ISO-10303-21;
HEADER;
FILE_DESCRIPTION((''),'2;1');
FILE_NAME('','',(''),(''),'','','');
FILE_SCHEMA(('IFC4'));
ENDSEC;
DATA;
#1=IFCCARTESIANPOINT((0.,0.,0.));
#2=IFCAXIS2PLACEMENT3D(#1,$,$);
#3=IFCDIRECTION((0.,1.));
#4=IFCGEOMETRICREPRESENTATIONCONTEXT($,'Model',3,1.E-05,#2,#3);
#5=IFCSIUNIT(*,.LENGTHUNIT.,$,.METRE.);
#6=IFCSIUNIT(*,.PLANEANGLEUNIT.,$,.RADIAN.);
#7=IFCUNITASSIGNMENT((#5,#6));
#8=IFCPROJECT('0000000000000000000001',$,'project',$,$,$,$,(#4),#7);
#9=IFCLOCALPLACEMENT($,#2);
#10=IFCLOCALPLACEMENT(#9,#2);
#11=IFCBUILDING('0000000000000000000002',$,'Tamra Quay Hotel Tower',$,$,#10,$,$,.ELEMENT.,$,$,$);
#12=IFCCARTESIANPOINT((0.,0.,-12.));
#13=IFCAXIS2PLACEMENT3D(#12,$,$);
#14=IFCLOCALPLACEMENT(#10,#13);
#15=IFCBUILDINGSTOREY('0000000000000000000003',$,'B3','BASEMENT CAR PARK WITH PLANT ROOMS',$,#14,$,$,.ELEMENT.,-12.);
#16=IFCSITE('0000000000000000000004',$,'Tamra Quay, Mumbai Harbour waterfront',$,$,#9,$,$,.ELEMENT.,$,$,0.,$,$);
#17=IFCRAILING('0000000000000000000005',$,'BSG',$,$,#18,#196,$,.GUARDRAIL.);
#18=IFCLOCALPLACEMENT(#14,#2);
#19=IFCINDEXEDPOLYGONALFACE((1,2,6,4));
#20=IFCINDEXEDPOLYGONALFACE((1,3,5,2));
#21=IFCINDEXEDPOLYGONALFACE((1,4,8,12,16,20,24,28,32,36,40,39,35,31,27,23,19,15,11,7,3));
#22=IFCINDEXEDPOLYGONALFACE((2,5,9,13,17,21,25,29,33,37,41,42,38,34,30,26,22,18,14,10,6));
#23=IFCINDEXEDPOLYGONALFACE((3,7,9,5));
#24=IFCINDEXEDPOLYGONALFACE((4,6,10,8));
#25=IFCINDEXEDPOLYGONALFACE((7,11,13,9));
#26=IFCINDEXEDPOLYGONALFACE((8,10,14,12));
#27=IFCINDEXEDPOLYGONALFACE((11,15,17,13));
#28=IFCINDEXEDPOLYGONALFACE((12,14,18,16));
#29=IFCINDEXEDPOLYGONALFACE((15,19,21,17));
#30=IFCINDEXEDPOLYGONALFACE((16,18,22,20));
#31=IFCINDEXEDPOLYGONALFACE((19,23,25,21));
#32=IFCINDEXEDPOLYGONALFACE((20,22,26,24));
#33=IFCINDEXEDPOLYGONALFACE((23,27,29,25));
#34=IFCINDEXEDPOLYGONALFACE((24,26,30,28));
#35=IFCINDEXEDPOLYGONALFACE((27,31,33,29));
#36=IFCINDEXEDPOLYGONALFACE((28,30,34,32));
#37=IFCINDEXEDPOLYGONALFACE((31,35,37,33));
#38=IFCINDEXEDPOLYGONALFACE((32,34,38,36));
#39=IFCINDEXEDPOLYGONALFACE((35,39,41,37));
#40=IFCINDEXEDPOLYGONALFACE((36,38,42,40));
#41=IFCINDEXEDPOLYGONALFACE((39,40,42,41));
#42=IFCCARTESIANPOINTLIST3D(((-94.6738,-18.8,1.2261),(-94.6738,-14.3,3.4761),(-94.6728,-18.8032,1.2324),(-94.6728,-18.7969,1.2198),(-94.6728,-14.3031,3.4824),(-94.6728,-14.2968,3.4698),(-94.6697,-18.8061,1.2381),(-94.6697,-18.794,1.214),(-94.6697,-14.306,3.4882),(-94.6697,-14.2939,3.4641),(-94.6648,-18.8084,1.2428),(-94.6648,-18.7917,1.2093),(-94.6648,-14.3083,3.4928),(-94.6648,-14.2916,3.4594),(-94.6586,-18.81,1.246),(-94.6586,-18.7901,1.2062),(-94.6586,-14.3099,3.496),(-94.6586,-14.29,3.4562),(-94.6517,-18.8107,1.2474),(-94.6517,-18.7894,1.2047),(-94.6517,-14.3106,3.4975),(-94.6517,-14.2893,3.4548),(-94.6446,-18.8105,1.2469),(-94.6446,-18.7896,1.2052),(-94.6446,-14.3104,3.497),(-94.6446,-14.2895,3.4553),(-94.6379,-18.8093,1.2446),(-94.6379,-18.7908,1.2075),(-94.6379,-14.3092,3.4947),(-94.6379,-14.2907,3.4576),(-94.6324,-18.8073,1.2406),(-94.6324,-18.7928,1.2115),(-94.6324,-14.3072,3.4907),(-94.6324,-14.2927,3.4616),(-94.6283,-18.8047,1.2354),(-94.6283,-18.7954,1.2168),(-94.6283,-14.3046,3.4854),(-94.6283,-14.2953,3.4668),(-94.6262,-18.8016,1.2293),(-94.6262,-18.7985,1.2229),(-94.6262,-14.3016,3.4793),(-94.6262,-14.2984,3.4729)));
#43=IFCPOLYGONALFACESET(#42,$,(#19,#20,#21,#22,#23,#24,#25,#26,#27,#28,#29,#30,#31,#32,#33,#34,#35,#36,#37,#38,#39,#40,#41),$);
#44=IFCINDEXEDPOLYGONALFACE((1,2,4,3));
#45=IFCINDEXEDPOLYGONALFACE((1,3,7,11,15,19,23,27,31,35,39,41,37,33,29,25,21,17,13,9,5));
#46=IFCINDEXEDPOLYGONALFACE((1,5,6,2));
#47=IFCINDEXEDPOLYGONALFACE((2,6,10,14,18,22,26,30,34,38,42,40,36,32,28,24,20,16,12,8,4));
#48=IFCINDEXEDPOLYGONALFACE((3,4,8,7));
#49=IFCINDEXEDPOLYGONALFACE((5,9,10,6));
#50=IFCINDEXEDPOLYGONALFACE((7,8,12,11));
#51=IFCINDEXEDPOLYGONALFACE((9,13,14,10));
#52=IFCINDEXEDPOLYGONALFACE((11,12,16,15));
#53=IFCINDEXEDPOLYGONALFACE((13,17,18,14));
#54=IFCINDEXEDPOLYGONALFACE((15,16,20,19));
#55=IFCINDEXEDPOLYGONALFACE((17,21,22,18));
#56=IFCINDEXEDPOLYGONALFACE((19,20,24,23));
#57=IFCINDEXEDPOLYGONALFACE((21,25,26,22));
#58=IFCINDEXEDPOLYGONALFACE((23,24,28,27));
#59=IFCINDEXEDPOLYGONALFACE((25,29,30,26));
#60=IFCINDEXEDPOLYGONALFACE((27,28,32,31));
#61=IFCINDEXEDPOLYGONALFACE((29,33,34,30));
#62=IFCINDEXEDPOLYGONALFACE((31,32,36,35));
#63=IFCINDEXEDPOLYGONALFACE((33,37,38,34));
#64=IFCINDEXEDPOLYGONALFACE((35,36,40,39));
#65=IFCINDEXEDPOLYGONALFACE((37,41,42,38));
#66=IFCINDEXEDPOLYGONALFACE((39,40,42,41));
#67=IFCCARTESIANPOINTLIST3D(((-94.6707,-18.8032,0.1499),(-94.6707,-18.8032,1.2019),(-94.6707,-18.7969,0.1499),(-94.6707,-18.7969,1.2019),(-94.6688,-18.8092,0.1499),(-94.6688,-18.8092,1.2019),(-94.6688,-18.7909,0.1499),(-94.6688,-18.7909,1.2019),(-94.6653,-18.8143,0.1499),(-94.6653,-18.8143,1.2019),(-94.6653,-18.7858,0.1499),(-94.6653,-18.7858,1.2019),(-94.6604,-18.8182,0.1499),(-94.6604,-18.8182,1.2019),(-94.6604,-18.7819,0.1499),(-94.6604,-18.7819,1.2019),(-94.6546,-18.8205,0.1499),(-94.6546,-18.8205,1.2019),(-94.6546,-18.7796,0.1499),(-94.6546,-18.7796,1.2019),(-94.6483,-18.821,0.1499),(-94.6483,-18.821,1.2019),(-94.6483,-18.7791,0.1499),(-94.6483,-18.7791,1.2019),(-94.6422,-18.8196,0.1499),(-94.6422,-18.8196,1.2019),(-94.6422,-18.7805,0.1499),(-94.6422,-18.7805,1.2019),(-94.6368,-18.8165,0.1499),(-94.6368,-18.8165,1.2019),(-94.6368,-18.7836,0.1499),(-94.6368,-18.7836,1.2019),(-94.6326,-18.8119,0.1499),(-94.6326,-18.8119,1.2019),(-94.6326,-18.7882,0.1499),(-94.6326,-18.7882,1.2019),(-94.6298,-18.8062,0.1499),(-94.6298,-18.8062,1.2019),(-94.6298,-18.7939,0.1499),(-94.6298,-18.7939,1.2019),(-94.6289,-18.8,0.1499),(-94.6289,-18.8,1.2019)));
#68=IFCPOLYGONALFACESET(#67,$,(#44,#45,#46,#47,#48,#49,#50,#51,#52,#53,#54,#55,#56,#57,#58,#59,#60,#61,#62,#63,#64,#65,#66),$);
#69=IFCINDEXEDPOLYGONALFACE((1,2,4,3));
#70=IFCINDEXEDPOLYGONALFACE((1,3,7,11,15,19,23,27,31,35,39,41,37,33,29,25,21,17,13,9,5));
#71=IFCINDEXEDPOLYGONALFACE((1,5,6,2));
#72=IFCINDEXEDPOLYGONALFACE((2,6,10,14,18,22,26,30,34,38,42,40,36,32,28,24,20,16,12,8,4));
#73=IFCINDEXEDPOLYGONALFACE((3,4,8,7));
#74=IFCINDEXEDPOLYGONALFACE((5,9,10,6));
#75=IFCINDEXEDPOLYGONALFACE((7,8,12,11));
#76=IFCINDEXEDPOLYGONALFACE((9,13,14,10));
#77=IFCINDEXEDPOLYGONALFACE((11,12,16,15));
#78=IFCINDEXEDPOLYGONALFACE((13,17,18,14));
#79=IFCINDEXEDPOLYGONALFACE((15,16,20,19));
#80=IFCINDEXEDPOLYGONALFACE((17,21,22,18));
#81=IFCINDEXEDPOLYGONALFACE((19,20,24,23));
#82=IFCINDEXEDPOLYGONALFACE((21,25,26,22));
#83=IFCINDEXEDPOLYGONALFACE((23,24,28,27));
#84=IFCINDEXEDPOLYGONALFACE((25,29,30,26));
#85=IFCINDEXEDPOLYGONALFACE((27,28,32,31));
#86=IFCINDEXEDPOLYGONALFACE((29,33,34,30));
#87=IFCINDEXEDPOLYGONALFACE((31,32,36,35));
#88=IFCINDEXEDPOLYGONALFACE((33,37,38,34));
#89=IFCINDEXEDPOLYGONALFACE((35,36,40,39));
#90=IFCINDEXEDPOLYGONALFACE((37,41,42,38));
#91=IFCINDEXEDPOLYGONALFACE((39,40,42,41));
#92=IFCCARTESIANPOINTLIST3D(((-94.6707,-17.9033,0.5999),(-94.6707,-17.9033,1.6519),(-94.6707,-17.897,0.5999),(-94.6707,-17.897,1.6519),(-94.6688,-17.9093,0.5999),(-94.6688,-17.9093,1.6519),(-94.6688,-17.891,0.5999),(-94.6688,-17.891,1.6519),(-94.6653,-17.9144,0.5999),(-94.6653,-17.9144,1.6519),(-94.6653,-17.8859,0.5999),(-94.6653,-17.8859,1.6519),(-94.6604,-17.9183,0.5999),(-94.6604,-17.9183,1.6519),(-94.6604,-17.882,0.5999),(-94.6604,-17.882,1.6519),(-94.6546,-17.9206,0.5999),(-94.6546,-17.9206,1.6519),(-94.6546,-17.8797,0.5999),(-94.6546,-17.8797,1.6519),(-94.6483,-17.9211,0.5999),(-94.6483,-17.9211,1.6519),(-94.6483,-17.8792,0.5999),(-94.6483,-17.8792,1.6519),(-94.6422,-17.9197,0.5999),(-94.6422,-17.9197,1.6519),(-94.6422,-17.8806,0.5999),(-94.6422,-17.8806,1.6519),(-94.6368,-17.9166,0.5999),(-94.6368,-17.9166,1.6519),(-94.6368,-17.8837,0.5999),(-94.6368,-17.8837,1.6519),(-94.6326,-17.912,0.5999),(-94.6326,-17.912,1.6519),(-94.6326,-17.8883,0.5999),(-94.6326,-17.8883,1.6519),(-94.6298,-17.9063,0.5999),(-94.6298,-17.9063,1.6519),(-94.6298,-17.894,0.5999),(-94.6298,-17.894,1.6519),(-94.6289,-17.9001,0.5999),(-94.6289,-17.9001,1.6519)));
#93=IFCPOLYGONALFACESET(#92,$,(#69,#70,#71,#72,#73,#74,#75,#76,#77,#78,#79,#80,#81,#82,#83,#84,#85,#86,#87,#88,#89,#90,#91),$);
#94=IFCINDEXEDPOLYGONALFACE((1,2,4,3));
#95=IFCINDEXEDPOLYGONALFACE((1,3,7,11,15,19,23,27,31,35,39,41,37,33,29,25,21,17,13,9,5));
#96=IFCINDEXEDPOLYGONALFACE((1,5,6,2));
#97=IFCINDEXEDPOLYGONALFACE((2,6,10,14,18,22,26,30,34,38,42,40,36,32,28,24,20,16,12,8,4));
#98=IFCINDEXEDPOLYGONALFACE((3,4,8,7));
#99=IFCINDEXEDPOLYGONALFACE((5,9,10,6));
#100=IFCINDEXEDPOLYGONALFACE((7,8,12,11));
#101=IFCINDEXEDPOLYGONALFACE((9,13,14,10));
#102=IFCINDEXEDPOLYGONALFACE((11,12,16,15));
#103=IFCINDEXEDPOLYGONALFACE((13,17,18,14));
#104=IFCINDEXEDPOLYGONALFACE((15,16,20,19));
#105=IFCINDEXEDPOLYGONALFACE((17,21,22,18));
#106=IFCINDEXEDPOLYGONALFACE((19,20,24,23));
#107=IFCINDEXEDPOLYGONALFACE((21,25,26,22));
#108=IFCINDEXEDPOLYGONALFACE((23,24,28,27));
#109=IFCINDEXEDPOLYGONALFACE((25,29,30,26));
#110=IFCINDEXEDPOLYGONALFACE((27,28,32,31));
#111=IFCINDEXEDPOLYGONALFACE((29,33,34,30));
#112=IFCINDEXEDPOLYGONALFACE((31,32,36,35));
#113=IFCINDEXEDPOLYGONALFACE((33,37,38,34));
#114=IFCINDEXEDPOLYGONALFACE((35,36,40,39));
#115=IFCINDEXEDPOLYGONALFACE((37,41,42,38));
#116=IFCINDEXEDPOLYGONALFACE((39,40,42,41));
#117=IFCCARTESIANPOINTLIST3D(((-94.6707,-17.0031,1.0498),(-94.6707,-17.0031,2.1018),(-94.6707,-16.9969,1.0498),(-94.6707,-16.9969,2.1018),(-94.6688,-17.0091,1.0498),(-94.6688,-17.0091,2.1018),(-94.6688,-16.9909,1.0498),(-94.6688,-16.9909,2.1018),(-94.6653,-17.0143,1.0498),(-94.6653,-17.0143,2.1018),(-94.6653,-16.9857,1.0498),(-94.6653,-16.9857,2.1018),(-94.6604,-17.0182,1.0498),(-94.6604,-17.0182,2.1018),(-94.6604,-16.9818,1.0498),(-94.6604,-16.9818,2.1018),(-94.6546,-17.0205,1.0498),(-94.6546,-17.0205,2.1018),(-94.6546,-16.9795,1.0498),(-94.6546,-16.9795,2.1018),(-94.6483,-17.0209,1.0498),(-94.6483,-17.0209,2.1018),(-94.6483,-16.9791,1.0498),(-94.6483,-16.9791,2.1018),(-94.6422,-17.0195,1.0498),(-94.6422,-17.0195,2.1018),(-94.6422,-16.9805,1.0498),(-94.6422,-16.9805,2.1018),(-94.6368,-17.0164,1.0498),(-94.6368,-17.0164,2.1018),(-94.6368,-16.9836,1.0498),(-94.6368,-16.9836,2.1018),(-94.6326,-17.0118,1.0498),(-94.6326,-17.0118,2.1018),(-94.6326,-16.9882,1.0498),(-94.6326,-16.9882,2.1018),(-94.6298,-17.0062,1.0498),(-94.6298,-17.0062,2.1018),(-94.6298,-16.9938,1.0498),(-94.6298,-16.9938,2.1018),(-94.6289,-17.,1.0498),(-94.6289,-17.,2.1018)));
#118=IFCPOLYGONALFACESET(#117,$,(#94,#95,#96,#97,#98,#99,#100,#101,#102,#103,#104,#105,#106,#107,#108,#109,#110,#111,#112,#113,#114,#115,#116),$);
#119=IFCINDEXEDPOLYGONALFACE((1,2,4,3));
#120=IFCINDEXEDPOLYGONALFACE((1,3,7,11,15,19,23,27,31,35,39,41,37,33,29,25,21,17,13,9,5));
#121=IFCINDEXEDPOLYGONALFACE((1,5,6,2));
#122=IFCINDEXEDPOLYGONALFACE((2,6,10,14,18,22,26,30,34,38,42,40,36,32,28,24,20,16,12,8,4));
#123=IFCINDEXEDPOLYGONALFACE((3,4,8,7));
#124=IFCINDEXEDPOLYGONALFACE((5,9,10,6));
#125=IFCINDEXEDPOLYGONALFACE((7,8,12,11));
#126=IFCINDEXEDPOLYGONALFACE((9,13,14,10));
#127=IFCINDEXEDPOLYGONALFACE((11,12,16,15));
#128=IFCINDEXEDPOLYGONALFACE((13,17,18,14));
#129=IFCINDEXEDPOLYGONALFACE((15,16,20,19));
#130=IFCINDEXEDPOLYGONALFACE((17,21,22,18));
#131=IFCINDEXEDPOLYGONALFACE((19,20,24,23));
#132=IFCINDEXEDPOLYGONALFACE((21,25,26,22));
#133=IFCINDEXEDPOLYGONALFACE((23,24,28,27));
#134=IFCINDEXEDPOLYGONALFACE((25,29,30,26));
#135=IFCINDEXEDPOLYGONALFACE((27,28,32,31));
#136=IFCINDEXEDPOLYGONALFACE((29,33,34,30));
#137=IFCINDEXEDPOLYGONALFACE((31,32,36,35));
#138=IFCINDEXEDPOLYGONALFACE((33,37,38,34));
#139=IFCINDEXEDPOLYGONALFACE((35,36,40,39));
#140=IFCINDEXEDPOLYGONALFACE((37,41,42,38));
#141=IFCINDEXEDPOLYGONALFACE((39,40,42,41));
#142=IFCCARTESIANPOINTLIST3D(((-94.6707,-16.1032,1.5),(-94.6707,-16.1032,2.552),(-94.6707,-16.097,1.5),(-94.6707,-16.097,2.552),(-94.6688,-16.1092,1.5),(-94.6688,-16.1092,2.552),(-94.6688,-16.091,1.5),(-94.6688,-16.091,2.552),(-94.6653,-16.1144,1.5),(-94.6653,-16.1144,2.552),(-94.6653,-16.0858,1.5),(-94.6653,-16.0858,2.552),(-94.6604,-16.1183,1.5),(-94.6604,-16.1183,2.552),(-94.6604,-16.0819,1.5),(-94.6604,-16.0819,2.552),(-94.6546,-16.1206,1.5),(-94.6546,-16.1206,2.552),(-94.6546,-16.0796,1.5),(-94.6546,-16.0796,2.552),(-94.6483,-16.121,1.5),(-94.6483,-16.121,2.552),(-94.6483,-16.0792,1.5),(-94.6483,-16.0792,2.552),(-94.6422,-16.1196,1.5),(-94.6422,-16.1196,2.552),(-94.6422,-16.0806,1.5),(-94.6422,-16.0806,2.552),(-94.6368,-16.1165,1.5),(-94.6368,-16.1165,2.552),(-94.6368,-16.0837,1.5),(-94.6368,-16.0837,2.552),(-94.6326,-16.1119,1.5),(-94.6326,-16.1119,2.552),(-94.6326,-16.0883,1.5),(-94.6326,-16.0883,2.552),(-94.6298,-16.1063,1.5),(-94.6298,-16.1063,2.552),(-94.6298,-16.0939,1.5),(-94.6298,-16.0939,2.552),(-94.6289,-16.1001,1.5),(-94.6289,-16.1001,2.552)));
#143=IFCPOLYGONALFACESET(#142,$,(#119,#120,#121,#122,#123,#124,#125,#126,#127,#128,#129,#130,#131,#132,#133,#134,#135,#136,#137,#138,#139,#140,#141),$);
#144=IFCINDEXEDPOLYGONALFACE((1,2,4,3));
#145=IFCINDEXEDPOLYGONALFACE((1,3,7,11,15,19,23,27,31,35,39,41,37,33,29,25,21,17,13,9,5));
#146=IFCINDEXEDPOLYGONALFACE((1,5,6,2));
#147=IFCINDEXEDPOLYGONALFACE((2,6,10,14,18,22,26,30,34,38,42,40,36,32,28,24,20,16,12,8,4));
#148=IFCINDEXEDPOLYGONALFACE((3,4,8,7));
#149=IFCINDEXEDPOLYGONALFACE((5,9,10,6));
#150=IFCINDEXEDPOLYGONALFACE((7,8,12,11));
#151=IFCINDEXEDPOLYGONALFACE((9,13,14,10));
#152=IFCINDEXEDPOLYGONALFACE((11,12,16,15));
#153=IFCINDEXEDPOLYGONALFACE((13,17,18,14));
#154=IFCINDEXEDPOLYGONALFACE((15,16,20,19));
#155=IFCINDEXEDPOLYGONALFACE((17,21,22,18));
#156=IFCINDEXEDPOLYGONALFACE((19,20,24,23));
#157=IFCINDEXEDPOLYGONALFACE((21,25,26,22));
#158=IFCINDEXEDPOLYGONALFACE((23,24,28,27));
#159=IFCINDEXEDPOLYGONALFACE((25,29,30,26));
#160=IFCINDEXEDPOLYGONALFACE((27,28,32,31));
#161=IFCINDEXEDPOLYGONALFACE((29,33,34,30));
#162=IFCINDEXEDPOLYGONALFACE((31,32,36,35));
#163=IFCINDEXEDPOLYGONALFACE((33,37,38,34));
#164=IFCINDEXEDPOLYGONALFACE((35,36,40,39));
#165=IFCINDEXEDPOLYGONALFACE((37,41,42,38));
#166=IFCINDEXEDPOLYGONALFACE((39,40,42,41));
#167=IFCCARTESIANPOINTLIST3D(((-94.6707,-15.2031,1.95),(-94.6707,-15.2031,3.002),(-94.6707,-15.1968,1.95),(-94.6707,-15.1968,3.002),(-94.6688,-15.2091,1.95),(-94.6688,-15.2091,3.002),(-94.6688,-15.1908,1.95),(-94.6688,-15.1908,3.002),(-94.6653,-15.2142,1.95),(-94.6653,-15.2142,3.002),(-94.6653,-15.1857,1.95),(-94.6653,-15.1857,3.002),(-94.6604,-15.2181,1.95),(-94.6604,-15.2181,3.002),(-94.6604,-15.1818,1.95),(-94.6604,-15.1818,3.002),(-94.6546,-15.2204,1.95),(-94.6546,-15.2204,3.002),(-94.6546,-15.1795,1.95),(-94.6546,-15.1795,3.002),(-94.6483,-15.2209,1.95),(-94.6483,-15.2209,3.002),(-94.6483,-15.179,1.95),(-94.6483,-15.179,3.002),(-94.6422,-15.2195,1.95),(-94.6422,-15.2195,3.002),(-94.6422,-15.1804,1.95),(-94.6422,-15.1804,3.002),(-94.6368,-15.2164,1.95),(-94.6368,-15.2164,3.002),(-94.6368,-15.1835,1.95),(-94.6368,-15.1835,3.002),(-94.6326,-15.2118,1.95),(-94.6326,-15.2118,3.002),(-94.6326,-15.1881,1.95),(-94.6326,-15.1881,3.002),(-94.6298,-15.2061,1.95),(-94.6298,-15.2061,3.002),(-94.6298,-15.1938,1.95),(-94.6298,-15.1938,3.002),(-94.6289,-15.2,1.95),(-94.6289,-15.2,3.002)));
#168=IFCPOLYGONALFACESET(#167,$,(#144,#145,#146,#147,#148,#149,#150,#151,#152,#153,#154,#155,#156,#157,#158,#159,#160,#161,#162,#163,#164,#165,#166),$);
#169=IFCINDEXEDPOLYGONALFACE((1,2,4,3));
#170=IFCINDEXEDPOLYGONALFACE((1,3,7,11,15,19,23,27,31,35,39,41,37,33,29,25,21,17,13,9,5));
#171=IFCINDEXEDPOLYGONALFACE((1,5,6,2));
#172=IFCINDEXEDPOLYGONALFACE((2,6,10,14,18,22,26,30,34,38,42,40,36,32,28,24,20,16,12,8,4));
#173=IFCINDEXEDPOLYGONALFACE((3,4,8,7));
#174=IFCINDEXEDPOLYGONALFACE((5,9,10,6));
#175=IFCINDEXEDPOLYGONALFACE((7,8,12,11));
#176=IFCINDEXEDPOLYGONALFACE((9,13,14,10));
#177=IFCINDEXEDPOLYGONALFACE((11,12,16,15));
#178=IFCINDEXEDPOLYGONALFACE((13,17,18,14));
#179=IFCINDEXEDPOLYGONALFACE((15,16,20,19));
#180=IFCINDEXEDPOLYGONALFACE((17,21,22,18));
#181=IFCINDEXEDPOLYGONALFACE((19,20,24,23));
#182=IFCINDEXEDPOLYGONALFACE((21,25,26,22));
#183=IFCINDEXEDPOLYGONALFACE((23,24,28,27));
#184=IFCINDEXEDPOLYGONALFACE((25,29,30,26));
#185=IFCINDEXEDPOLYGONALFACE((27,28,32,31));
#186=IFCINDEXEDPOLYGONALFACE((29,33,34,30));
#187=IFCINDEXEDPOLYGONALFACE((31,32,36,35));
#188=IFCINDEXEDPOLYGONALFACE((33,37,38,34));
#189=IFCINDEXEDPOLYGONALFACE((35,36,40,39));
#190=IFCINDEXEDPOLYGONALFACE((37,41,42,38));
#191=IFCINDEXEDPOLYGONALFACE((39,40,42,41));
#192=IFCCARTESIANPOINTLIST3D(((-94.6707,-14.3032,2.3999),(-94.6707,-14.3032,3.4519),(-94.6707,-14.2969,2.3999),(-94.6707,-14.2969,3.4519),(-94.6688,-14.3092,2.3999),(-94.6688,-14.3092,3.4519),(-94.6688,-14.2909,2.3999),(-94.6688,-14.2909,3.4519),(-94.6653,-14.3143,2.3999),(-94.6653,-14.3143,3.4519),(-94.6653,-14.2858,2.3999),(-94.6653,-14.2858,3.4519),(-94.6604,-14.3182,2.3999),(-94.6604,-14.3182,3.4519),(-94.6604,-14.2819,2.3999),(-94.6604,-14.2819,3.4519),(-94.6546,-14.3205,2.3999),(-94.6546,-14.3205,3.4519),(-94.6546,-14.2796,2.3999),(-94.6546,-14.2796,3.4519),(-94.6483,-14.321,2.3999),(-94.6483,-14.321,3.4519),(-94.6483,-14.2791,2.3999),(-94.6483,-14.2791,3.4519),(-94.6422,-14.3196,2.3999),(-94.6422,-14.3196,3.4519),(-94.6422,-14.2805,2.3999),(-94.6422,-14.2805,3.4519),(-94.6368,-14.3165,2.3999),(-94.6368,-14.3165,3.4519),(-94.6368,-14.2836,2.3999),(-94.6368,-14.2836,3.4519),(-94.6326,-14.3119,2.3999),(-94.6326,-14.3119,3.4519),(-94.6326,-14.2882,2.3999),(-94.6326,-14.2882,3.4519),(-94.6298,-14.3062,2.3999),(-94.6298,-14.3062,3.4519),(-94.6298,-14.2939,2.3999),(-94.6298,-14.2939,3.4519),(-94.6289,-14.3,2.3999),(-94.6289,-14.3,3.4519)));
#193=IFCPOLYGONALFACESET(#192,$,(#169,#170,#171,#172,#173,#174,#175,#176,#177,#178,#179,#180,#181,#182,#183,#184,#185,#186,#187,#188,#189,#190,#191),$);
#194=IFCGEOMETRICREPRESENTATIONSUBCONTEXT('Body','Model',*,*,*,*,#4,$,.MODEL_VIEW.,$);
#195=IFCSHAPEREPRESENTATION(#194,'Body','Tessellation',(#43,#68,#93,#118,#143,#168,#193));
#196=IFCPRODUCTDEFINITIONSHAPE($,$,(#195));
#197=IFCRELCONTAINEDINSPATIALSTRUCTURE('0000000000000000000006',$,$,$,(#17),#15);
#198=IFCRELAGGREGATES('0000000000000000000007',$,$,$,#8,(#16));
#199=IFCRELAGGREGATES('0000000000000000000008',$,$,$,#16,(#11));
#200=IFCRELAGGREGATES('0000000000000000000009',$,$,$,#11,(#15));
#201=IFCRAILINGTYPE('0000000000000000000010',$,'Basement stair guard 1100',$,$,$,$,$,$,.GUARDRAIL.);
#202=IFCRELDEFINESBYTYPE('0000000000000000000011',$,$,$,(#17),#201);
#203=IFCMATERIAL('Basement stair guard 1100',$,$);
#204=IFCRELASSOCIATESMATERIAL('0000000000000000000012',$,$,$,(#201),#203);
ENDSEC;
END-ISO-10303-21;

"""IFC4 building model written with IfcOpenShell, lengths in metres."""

from ifc_helpers import new_model, si_unit, direction, frame, origin, origin_2d, place, context, subcontext, project, spatial, circle, extrude, material, type_object, element, save


model = new_model("IFC4")

# Units and contexts
model_context = context("Model", 3, precision=1e-05, world=origin(), true_north=direction((0.0, 1.0)))
body_context = subcontext(model_context, "Body", "Model", "MODEL_VIEW")
ifc_project = project(units=[si_unit("LENGTHUNIT", "METRE"), si_unit("PLANEANGLEUNIT", "RADIAN")], contexts=[model_context])

# Site, building, storey
site_placement = place(None, origin())
site = spatial("IfcSite", under=ifc_project, at=site_placement, Name="Tamra Quay, Mumbai Harbour waterfront", CompositionType="ELEMENT", RefElevation=0.0)
building_placement = place(site_placement, origin())
building = spatial("IfcBuilding", under=site, at=building_placement, Name="Tamra Quay Hotel Tower", CompositionType="ELEMENT")
storey_placement = place(building_placement, frame((0.0, 0.0, -12.0)))
storey = spatial("IfcBuildingStorey", under=building, at=storey_placement, Name="B3", Description="BASEMENT CAR PARK WITH PLANT ROOMS", CompositionType="ELEMENT", Elevation=-12.0)

# Railing
ifc_material_1 = material(Name="Basement stair guard 1100")
railing_type = type_object("IfcRailingType", Name="Basement stair guard 1100", PredefinedType="GUARDRAIL", material=ifc_material_1)
railing_1_placement = place(storey_placement, frame((-94.6499, -18.8, 0.1499)))
element("IfcRailing", 1, at=railing_1_placement, inside=storey, type_object=railing_type, Name="BSG", PredefinedType="GUARDRAIL", context=body_context, shape_type="SweptSolid", body=[
    extrude(circle(Radius=0.0239, at=origin_2d()), frame((0.0, 0.0, 1.0762), z_axis=(0.0, 0.894427, 0.447214), x_axis=(-1.0, 0.0, 0.0)), (0.0, 0.0, 1.0), 5.0312),
    extrude(circle(Radius=0.021, at=origin_2d()), origin(), (0.0, 0.0, 1.0), 1.052),
    extrude(circle(Radius=0.021, at=origin_2d()), frame((0.0, 0.8999, 0.45)), (0.0, 0.0, 1.0), 1.052),
    extrude(circle(Radius=0.021, at=origin_2d()), frame((0.0, 1.8, 0.8999)), (0.0, 0.0, 1.0), 1.052),
    extrude(circle(Radius=0.021, at=origin_2d()), frame((0.0, 2.7, 1.3501)), (0.0, 0.0, 1.0), 1.052),
    extrude(circle(Radius=0.021, at=origin_2d()), frame((0.0, 3.6001, 1.8)), (0.0, 0.0, 1.0), 1.052),
    extrude(circle(Radius=0.021, at=origin_2d()), frame((0.0, 4.5, 2.25)), (0.0, 0.0, 1.0), 1.052),
])

save(model, "model.ifc")
